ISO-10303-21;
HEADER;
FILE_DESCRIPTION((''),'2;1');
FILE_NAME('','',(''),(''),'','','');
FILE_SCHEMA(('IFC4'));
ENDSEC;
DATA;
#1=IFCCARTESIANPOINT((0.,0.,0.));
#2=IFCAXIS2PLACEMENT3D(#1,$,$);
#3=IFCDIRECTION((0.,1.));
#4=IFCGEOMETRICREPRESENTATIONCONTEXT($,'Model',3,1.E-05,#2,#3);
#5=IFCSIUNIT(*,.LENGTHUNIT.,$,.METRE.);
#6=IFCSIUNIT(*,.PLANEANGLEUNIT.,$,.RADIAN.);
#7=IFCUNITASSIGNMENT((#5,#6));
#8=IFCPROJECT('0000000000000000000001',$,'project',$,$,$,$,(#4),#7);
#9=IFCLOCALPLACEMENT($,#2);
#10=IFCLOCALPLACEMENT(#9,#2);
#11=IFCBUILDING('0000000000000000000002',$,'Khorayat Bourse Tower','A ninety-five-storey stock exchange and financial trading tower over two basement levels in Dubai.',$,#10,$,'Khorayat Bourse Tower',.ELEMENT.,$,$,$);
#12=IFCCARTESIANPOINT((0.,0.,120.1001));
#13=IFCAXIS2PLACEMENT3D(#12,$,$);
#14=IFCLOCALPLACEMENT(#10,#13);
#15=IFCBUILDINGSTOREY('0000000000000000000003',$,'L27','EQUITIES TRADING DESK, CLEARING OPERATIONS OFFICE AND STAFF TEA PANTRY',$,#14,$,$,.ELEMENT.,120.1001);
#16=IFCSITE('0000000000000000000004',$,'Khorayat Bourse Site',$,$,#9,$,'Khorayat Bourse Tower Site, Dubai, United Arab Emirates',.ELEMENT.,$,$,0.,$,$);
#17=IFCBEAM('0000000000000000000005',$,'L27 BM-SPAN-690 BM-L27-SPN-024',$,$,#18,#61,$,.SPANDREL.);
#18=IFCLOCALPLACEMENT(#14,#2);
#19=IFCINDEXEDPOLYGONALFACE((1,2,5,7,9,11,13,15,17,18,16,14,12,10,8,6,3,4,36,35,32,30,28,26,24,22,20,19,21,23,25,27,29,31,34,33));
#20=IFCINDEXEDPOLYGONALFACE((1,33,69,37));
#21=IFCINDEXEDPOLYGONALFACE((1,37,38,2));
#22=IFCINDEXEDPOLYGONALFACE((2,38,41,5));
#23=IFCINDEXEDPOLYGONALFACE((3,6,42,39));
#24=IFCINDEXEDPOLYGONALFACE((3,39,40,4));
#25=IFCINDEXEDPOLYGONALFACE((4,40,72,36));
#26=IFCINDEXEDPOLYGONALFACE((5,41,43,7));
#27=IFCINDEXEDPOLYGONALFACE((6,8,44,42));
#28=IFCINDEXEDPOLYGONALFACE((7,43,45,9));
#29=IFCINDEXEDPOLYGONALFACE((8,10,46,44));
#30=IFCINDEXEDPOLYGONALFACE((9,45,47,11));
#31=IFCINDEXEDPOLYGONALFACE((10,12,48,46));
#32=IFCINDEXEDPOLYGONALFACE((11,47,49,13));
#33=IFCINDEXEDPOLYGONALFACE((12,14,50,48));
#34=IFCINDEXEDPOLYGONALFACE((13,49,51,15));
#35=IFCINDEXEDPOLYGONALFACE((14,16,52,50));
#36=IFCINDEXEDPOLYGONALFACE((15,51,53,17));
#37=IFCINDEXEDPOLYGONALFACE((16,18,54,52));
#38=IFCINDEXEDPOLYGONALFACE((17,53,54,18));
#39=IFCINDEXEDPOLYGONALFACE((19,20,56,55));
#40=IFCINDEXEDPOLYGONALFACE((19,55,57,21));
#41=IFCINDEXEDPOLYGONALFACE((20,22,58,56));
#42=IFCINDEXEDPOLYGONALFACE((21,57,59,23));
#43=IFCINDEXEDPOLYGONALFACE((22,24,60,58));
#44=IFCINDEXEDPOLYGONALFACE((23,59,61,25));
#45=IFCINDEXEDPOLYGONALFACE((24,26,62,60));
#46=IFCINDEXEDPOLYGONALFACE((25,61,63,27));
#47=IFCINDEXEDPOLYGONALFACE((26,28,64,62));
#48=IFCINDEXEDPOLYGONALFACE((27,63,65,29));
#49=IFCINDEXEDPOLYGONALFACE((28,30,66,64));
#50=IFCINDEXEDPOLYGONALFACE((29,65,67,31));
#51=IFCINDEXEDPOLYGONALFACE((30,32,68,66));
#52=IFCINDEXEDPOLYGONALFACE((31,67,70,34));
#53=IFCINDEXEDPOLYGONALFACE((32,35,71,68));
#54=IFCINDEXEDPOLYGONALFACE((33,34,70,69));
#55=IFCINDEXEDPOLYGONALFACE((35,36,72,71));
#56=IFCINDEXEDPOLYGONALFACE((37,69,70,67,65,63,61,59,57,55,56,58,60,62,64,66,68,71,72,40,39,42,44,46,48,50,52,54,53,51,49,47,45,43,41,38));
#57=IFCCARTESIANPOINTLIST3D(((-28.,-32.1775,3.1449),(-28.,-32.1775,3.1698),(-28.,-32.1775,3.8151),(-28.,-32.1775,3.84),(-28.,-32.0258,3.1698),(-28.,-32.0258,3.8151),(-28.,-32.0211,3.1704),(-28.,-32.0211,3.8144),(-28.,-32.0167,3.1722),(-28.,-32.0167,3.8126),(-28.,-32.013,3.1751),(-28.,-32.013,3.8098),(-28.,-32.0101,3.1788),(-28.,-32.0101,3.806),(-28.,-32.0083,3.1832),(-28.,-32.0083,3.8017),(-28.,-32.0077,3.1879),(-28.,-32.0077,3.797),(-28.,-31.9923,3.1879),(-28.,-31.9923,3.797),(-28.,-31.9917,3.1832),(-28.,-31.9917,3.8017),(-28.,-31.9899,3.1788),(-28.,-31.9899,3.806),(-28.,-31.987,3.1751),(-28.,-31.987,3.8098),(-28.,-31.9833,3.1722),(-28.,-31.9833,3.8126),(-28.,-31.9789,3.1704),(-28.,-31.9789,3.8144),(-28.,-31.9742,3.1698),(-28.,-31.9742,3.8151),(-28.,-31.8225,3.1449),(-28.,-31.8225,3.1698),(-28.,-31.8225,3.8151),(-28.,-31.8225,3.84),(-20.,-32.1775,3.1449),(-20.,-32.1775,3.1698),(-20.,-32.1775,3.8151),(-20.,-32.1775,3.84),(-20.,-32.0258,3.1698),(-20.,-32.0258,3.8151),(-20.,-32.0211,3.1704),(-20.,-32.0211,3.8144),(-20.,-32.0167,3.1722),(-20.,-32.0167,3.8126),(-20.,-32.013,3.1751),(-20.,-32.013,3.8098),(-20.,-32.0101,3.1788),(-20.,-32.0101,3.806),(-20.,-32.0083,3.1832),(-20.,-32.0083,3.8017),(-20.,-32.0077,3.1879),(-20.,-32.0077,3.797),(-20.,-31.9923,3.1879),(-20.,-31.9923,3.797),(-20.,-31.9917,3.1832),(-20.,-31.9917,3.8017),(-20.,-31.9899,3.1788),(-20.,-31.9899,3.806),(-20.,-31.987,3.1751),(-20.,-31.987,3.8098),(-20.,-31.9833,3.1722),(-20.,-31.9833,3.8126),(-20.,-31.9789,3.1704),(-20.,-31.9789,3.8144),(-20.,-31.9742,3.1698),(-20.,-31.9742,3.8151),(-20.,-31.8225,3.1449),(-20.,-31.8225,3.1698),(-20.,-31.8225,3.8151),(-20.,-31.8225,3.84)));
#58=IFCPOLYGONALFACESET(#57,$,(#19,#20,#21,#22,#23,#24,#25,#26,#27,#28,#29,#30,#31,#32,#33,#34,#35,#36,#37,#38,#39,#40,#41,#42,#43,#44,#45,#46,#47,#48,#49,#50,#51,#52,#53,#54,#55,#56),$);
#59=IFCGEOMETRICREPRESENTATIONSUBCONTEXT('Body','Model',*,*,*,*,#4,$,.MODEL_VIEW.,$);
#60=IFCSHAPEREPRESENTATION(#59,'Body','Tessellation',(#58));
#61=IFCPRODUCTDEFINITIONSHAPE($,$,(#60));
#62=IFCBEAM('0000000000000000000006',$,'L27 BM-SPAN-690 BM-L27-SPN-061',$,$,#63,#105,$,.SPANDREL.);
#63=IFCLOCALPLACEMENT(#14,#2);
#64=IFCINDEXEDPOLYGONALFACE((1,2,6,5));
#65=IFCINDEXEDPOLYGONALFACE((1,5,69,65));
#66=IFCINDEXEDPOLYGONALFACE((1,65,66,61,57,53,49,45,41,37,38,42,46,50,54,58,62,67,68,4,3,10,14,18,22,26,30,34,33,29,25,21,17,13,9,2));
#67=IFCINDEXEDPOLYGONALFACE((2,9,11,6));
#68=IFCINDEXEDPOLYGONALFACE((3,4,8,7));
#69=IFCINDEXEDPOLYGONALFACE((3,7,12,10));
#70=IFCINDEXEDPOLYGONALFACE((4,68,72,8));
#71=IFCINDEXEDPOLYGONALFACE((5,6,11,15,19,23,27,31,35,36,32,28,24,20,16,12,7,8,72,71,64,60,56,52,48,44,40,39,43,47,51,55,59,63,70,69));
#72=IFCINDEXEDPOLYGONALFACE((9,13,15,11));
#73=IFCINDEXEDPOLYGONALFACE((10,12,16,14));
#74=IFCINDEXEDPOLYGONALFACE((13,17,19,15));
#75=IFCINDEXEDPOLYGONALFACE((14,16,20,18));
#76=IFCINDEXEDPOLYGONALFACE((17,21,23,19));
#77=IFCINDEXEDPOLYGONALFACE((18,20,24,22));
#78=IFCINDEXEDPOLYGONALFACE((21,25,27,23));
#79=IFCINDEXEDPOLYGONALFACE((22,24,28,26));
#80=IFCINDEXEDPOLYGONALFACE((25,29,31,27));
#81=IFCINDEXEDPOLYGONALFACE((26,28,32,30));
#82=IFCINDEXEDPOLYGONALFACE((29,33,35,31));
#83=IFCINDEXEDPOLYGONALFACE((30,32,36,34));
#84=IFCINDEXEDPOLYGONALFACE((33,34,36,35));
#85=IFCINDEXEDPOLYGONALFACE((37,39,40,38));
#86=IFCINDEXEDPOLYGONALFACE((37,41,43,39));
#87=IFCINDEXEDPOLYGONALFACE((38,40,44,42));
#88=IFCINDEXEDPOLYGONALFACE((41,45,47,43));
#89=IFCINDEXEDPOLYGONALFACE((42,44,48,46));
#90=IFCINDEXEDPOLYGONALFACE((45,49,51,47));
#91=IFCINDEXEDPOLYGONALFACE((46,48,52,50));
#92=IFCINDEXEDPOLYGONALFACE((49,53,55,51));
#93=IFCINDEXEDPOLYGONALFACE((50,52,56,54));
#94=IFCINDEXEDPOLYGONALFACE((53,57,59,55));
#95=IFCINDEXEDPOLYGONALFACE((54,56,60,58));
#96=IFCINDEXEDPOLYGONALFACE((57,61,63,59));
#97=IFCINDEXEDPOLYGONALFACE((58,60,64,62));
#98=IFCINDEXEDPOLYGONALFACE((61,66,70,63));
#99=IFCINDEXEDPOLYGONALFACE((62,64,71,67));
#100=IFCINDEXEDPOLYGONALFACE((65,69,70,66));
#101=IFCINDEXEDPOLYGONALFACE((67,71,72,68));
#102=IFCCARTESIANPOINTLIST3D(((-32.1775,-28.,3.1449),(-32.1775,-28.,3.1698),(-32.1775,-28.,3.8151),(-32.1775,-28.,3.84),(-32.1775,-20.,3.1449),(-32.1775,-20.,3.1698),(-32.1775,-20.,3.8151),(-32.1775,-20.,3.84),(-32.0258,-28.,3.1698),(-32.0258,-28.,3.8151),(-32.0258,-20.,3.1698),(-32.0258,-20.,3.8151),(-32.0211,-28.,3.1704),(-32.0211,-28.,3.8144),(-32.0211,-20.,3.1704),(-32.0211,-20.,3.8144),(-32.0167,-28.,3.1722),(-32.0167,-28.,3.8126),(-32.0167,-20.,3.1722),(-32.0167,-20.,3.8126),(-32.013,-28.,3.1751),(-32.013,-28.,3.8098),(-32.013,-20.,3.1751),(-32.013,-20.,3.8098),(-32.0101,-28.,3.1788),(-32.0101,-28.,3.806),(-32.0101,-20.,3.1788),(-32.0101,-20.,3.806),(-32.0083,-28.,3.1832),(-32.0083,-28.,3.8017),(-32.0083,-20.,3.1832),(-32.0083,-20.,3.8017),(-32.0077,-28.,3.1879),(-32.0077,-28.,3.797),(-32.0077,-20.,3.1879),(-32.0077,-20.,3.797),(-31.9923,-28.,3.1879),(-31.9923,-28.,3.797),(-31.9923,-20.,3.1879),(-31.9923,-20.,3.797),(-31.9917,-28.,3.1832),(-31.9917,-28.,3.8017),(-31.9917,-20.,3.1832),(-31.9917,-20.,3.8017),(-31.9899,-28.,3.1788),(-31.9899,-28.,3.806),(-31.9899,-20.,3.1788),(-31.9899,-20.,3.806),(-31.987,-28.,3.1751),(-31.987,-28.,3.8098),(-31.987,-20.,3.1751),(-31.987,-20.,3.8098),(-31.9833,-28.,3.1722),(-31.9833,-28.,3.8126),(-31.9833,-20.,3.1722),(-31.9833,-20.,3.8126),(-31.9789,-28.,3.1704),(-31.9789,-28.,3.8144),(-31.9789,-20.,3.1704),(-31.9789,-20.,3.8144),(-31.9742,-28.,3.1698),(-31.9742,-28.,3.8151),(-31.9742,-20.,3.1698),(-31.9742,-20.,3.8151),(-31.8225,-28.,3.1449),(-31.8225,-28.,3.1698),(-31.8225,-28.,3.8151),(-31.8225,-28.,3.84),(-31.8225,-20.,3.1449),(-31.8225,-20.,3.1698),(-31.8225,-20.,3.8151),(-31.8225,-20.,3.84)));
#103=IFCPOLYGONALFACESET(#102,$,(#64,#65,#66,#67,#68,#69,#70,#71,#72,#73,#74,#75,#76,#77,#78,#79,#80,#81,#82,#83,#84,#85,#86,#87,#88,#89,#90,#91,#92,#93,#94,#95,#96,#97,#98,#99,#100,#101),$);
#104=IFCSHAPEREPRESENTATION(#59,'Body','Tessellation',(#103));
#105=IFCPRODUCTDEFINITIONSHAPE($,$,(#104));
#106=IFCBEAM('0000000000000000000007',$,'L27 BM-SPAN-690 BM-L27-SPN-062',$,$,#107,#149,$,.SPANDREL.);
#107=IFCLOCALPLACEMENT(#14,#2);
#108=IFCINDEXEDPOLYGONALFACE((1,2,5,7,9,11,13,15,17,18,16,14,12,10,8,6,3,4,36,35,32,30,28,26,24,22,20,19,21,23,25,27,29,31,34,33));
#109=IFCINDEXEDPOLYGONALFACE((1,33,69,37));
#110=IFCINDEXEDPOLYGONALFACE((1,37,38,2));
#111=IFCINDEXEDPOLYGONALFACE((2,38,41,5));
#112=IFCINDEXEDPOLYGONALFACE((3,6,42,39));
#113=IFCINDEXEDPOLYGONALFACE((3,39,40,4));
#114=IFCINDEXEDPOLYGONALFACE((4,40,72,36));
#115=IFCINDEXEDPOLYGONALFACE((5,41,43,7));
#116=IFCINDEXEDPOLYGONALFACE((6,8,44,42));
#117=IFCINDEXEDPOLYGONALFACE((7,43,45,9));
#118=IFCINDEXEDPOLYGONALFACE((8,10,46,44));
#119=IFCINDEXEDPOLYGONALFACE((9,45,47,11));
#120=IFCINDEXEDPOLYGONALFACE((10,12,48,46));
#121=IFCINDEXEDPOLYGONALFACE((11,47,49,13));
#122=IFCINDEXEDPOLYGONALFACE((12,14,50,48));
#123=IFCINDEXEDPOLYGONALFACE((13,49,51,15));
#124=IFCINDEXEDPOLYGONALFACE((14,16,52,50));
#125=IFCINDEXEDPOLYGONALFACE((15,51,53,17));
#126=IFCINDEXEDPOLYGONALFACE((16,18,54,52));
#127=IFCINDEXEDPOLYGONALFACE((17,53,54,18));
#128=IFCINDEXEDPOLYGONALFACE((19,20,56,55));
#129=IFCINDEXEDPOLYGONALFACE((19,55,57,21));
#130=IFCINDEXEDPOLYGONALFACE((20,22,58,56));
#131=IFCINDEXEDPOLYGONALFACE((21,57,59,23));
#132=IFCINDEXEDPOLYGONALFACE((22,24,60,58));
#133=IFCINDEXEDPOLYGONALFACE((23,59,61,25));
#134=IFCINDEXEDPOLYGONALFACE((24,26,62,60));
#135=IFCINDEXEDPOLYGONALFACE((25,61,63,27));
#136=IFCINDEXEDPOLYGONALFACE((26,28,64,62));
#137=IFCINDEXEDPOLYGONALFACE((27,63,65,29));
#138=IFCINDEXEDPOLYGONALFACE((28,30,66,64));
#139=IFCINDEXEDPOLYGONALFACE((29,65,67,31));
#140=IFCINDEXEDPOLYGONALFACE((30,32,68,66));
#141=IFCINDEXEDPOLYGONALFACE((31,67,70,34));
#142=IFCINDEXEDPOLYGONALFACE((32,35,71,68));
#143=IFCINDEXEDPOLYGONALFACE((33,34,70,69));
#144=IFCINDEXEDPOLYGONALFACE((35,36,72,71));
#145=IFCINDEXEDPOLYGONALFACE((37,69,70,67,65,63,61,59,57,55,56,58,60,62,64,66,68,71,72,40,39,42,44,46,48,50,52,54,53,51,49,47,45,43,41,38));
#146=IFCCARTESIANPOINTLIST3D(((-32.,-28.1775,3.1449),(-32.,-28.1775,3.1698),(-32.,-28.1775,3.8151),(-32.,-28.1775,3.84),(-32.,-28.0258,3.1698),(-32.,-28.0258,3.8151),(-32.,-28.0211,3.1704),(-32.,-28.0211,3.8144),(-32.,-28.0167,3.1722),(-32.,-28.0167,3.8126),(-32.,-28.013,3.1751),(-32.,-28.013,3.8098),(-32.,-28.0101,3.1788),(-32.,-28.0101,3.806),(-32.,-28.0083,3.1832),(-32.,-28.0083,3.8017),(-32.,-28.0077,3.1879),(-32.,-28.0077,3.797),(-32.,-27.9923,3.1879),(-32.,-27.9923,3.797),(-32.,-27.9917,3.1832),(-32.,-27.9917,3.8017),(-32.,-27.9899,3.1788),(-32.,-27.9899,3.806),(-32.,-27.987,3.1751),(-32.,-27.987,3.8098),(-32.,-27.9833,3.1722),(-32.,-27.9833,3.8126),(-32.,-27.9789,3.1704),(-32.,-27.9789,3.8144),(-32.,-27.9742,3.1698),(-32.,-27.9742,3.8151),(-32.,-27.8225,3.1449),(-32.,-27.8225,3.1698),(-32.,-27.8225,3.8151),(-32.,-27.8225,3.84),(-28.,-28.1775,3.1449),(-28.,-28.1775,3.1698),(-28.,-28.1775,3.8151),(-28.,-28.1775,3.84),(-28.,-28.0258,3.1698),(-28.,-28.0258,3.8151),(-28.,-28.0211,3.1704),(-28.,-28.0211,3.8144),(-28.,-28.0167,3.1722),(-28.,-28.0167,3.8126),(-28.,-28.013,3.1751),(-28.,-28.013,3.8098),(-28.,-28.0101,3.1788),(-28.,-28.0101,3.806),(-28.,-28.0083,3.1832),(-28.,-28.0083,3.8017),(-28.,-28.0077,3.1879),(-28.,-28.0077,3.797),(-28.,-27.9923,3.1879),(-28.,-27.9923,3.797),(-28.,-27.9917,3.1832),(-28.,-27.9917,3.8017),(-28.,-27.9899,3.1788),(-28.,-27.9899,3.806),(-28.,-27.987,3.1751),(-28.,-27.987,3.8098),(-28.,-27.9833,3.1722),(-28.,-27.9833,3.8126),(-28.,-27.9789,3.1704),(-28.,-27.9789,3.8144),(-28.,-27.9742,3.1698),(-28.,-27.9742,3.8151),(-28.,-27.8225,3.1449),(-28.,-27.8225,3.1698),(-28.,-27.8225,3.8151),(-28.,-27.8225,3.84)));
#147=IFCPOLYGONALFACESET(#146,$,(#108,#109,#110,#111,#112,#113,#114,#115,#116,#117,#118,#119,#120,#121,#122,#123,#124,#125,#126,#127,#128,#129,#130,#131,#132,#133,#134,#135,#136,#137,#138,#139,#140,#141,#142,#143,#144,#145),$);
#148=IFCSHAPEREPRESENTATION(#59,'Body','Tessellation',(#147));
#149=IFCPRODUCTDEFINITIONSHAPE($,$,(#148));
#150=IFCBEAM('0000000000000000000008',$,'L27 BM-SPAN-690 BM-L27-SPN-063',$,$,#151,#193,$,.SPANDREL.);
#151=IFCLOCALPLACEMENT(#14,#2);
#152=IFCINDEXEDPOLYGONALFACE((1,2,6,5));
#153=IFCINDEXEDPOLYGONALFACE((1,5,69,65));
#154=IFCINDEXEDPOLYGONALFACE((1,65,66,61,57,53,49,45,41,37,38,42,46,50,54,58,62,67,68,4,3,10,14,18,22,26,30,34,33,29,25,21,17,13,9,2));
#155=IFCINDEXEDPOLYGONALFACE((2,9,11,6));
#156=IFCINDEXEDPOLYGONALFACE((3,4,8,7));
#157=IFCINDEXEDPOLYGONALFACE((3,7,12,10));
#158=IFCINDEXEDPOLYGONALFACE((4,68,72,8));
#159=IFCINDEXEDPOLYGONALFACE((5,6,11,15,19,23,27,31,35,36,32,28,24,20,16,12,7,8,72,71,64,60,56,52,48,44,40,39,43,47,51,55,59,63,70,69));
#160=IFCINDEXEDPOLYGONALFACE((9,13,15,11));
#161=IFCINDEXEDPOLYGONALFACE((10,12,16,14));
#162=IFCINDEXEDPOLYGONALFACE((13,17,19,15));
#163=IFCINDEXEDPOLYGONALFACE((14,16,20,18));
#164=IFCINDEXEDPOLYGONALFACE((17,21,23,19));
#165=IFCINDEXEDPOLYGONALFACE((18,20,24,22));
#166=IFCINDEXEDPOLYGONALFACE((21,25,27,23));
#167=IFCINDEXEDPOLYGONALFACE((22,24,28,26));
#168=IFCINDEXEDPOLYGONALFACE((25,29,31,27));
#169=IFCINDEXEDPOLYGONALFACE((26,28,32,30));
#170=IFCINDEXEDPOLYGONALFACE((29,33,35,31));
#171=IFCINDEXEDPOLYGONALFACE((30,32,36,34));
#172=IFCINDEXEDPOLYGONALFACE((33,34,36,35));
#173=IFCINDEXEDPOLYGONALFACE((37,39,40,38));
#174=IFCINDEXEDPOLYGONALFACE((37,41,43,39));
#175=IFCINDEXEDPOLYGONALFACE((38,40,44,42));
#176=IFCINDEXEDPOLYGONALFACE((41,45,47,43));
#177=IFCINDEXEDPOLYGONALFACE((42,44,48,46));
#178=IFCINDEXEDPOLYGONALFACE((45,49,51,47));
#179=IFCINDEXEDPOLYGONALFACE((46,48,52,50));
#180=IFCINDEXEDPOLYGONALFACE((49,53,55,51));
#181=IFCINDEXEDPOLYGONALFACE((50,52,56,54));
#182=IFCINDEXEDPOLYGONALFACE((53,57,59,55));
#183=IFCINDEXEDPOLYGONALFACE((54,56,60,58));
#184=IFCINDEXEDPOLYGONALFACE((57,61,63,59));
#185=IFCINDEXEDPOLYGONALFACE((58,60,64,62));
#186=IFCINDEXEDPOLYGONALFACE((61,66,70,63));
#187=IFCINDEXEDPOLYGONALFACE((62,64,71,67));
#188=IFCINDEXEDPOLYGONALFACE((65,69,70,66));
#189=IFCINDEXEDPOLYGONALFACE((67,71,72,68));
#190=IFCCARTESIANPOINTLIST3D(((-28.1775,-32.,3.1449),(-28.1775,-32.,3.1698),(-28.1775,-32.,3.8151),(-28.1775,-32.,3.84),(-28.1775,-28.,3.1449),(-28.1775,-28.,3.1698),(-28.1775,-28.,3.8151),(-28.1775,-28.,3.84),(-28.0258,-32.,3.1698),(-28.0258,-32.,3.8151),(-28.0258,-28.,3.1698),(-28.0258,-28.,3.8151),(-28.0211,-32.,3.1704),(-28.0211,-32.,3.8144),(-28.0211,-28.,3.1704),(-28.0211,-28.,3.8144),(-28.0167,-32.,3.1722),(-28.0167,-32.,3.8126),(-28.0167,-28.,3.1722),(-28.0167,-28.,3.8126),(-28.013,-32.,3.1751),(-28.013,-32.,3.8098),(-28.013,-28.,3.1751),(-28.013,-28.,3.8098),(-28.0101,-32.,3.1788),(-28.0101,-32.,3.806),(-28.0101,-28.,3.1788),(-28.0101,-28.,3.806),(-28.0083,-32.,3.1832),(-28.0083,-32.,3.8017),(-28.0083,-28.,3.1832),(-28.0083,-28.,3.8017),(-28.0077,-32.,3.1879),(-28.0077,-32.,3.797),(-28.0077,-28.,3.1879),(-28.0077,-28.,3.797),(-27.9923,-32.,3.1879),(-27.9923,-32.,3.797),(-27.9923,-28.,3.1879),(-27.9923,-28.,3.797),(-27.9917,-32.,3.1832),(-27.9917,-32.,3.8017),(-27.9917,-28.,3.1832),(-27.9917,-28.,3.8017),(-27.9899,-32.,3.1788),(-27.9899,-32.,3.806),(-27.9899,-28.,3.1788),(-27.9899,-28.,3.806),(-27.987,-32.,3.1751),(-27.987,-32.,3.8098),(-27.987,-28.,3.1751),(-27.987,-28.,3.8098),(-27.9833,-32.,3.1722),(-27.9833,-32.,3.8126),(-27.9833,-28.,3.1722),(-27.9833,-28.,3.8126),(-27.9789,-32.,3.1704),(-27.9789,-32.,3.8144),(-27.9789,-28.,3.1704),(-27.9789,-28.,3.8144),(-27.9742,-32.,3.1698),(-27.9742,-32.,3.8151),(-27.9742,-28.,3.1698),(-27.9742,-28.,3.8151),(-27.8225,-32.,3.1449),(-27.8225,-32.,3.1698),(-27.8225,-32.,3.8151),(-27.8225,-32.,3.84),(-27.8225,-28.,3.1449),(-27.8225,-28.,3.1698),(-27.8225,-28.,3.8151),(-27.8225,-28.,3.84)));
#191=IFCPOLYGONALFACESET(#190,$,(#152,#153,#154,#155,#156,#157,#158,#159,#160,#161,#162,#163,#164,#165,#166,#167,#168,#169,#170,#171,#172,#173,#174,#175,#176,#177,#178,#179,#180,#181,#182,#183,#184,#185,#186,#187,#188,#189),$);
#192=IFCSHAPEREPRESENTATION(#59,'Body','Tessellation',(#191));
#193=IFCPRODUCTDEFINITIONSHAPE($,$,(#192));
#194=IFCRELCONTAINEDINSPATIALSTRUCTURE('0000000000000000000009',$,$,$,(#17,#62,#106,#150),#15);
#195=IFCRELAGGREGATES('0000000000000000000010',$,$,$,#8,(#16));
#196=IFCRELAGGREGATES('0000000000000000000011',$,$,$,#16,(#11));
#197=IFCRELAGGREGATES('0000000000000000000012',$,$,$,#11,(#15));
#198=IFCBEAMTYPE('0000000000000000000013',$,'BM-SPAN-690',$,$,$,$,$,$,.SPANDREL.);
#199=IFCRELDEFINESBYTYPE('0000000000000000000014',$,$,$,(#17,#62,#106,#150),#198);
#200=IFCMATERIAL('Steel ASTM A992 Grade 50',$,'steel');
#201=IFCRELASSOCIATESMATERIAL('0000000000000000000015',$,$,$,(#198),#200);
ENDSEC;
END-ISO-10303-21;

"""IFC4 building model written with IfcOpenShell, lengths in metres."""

from ifc_helpers import new_model, si_unit, direction, frame, origin, origin_2d, place, context, subcontext, project, spatial, i_section, extrude, source, transform, mapped, material, material_profile, profile_set, type_object, element, save


model = new_model("IFC4")

# Units and contexts
model_context = context("Model", 3, precision=1e-05, world=origin(), true_north=direction((0.0, 1.0)))
body_context = subcontext(model_context, "Body", "Model", "MODEL_VIEW")
ifc_project = project(units=[si_unit("LENGTHUNIT", "METRE"), si_unit("PLANEANGLEUNIT", "RADIAN")], contexts=[model_context])

# Site, building, storey
site_placement = place(None, origin())
site = spatial("IfcSite", under=ifc_project, at=site_placement, Name="Khorayat Bourse Site", LongName="Khorayat Bourse Tower Site, Dubai, United Arab Emirates", CompositionType="ELEMENT", RefElevation=0.0)
building_placement = place(site_placement, origin())
building = spatial("IfcBuilding", under=site, at=building_placement, Name="Khorayat Bourse Tower", Description="A ninety-five-storey stock exchange and financial trading tower over two basement levels in Dubai.", LongName="Khorayat Bourse Tower", CompositionType="ELEMENT")
storey_placement = place(building_placement, frame((0.0, 0.0, 120.1001)))
storey = spatial("IfcBuildingStorey", under=building, at=storey_placement, Name="L27", Description="EQUITIES TRADING DESK, CLEARING OPERATIONS OFFICE AND STAFF TEA PANTRY", CompositionType="ELEMENT", Elevation=120.1001)

# Beams
ifc_material_1 = material(Name="Steel ASTM A992 Grade 50", Category="steel")
ifc_material_profile_1 = material_profile(ifc_material_1, i_section(OverallWidth=0.355, OverallDepth=0.6951, WebThickness=0.0154, FlangeThickness=0.0249, FilletRadius=0.0181, at=origin_2d()), Name="W690X217")
ifc_profile_set_1 = profile_set([ifc_material_profile_1], Name="Steel ASTM A992 Grade 50")
beam_type_1 = type_object("IfcBeamType", Name="BM-SPAN-690", PredefinedType="SPANDREL", material=ifc_profile_set_1)
shared_shape_1 = source(origin(), body_context, "Body", "SweptSolid", [
    extrude(i_section(OverallWidth=0.355, OverallDepth=0.6951, WebThickness=0.0154, FlangeThickness=0.0249, FilletRadius=0.0181, at=origin_2d()), origin(), (0.0, 0.0, 1.0), 8.0),
])
for number, where, z_axis, x_axis, name in (
    (1, (-28.0, -32.0, 3.4924), (1.0, 0.0, 0.0), (0.0, 1.0, 0.0), "L27 BM-SPAN-690 BM-L27-SPN-024"),
    (2, (-32.0, -28.0, 3.4924), (0.0, 1.0, 0.0), (-1.0, 0.0, 0.0), "L27 BM-SPAN-690 BM-L27-SPN-061"),
):
    element("IfcBeam", number, at=place(storey_placement, frame(where, z_axis=z_axis, x_axis=x_axis)), inside=storey, type_object=beam_type_1, Name=name, PredefinedType="SPANDREL", context=body_context, shape_type="MappedRepresentation", body=[
        mapped(shared_shape_1, transform((0.0, 0.0, 0.0), scale=1.0)),
    ])
shared_shape_2 = source(origin(), body_context, "Body", "SweptSolid", [
    extrude(i_section(OverallWidth=0.355, OverallDepth=0.6951, WebThickness=0.0154, FlangeThickness=0.0249, FilletRadius=0.0181, at=origin_2d()), origin(), (0.0, 0.0, 1.0), 4.0),
])
for number, where, z_axis, x_axis, name in (
    (3, (-32.0, -28.0, 3.4924), (1.0, 0.0, 0.0), (0.0, 1.0, 0.0), "L27 BM-SPAN-690 BM-L27-SPN-062"),
    (4, (-28.0, -32.0, 3.4924), (0.0, 1.0, 0.0), (-1.0, 0.0, 0.0), "L27 BM-SPAN-690 BM-L27-SPN-063"),
):
    element("IfcBeam", number, at=place(storey_placement, frame(where, z_axis=z_axis, x_axis=x_axis)), inside=storey, type_object=beam_type_1, Name=name, PredefinedType="SPANDREL", context=body_context, shape_type="MappedRepresentation", body=[
        mapped(shared_shape_2, transform((0.0, 0.0, 0.0), scale=1.0)),
    ])

save(model, "model.ifc")
